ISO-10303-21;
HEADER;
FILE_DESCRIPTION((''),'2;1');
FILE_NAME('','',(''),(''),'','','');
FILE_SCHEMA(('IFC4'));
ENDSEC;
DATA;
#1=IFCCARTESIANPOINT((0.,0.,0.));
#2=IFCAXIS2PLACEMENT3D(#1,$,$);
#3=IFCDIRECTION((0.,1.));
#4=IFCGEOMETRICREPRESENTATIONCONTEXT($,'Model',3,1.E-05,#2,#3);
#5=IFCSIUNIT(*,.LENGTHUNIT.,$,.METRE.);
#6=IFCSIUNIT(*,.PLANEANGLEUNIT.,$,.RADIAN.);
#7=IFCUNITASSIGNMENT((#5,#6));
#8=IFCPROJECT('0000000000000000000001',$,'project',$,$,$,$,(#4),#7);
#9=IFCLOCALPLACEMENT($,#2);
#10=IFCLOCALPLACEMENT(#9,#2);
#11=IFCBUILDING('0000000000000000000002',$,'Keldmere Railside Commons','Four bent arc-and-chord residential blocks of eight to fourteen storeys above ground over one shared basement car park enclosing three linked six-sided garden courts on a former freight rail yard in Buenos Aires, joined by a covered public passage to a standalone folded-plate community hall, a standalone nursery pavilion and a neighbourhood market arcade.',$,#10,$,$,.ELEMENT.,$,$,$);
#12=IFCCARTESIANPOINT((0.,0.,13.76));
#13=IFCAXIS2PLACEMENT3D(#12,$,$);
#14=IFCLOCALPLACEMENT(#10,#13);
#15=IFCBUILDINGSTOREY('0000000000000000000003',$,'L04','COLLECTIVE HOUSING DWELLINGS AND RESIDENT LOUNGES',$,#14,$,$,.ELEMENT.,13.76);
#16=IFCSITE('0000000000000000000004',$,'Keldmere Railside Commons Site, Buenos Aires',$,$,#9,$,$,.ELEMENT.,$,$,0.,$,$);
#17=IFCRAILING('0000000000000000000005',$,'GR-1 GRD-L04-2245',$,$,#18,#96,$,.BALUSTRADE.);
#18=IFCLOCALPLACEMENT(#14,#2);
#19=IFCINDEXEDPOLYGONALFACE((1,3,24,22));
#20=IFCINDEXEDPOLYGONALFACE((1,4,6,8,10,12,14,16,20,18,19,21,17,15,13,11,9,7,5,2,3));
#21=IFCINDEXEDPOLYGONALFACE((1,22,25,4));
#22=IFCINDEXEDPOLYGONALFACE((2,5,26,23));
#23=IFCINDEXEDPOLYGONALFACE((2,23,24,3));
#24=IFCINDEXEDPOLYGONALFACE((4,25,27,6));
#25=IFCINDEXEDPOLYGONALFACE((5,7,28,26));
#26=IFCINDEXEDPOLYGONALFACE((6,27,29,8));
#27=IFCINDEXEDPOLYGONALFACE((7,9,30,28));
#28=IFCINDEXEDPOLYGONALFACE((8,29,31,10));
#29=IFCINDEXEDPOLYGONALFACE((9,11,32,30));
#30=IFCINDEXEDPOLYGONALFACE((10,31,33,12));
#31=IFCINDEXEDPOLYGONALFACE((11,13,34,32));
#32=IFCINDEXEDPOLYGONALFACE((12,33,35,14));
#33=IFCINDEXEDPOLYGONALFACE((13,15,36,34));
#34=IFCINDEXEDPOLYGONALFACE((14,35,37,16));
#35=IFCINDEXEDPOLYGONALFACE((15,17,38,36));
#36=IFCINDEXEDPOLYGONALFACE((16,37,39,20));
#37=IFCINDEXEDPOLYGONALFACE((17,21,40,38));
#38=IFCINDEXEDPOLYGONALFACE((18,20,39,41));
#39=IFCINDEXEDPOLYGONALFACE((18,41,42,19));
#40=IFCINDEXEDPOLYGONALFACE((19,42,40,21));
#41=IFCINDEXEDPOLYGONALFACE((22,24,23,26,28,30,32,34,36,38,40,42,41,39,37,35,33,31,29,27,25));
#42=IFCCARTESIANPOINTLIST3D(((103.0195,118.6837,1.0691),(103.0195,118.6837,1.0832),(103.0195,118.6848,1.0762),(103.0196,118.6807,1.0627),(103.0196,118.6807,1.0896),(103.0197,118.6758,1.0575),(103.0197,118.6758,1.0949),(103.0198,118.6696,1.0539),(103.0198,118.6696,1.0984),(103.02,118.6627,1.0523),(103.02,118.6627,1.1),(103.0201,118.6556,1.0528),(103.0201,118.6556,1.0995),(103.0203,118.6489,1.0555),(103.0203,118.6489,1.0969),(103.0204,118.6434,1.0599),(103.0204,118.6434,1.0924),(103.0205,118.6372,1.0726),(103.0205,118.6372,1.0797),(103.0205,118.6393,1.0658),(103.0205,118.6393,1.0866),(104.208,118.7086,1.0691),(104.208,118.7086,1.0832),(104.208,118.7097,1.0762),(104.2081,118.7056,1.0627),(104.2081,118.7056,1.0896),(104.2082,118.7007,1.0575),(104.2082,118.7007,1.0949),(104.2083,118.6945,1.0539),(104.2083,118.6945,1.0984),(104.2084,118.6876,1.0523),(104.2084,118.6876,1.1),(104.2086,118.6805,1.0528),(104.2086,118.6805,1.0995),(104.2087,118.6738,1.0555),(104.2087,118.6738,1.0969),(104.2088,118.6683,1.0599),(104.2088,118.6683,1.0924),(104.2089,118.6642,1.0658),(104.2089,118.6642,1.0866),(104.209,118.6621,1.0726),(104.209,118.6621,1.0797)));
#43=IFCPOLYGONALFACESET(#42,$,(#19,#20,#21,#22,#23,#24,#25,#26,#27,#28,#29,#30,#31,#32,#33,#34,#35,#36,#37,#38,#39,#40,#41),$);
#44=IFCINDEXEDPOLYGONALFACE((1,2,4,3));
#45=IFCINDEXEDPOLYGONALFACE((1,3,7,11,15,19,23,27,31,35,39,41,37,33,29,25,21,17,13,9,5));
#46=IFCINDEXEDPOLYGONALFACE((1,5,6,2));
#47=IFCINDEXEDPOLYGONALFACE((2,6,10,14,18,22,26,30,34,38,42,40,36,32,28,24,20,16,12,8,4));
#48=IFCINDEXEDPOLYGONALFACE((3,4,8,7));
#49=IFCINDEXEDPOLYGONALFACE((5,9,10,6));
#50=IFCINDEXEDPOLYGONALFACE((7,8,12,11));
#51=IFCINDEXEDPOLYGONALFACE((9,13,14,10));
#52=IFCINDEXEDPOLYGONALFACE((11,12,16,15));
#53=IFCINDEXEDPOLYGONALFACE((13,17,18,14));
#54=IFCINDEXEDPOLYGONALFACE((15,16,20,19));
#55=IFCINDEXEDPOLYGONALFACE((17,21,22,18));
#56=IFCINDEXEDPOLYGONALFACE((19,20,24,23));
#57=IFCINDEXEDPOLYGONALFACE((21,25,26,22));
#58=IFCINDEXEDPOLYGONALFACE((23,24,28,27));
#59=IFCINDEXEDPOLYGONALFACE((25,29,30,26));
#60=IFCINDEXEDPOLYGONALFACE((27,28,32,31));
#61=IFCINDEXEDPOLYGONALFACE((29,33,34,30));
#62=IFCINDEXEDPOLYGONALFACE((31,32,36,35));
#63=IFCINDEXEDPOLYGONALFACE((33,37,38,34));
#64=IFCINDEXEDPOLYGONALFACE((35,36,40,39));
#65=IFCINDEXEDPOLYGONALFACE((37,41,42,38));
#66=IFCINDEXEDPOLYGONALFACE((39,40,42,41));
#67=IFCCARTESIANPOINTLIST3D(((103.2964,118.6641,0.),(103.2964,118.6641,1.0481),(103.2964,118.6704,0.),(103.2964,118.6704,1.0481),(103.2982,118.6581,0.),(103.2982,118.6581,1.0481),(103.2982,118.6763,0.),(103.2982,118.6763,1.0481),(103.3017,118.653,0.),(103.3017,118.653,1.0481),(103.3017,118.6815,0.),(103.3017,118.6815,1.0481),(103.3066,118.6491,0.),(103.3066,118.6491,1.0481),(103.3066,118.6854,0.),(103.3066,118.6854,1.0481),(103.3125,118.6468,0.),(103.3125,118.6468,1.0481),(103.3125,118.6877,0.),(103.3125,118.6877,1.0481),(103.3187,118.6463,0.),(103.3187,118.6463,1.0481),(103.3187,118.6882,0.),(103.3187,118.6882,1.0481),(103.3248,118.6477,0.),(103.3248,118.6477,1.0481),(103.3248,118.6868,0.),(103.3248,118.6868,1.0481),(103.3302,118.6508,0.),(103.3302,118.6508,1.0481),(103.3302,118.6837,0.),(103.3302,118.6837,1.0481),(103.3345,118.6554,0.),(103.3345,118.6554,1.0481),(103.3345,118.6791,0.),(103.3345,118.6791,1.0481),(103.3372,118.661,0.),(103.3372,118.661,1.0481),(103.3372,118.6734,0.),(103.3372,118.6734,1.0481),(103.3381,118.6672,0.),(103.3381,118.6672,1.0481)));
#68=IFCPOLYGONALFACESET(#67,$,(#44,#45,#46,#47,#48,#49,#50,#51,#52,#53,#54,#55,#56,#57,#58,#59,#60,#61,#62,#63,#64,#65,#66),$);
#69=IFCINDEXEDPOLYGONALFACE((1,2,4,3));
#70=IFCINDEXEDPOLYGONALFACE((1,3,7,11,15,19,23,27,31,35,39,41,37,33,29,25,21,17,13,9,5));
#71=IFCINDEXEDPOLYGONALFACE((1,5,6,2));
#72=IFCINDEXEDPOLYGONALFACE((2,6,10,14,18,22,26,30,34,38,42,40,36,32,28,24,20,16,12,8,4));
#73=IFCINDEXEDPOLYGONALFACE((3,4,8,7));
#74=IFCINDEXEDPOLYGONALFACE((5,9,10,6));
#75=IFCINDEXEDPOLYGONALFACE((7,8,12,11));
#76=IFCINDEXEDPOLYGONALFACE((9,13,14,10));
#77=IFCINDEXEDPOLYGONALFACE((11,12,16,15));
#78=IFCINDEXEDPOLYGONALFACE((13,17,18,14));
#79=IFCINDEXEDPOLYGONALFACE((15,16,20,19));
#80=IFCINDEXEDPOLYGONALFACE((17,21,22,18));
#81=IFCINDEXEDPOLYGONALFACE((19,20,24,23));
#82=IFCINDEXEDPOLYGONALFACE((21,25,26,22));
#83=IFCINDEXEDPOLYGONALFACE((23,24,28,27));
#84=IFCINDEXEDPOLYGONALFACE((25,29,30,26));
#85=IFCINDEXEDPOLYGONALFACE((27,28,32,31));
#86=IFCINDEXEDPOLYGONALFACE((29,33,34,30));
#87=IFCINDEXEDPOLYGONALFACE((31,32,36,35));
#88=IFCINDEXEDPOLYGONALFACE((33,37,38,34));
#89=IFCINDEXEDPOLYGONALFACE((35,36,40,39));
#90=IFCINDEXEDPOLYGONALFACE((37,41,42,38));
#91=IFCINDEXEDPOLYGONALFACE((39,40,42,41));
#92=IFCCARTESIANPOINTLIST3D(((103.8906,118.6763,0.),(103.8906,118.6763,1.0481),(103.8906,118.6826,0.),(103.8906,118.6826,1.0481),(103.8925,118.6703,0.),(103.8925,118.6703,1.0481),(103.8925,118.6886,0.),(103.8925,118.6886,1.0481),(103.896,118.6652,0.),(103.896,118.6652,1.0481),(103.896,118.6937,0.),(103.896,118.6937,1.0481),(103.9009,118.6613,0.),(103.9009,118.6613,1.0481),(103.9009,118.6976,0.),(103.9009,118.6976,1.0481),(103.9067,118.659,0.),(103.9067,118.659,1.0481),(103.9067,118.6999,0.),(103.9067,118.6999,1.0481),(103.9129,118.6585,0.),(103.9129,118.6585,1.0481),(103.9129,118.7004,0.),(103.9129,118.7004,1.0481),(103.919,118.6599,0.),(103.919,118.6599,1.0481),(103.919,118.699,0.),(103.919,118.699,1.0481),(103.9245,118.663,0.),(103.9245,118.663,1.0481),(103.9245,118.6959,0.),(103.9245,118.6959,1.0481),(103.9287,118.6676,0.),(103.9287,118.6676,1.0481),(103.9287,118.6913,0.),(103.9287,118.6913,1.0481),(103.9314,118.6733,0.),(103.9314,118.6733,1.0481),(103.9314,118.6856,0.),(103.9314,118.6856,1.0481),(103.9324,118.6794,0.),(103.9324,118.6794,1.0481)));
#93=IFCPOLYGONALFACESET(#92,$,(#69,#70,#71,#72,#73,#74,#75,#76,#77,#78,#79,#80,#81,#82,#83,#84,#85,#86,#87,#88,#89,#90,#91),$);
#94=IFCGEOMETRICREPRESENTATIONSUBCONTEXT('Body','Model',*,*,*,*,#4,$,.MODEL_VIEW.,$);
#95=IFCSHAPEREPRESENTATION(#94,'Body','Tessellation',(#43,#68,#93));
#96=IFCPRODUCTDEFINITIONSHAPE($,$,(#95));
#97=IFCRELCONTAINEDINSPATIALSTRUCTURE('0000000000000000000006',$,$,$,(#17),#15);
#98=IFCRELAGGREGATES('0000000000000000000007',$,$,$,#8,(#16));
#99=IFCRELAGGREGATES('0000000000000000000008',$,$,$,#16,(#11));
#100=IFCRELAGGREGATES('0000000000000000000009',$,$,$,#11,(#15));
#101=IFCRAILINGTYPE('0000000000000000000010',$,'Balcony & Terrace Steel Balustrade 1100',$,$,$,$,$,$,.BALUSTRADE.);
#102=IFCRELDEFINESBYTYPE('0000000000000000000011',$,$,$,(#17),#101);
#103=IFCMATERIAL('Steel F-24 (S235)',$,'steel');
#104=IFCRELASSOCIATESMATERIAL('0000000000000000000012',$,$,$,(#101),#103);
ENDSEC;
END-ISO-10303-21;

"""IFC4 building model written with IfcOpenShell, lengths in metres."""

from ifc_helpers import new_model, si_unit, direction, frame, origin, origin_2d, place, context, subcontext, project, spatial, circle, extrude, material, type_object, element, save


model = new_model("IFC4")

# Units and contexts
model_context = context("Model", 3, precision=1e-05, world=origin(), true_north=direction((0.0, 1.0)))
body_context = subcontext(model_context, "Body", "Model", "MODEL_VIEW")
ifc_project = project(units=[si_unit("LENGTHUNIT", "METRE"), si_unit("PLANEANGLEUNIT", "RADIAN")], contexts=[model_context])

# Site, building, storey
site_placement = place(None, origin())
site = spatial("IfcSite", under=ifc_project, at=site_placement, Name="Keldmere Railside Commons Site, Buenos Aires", CompositionType="ELEMENT", RefElevation=0.0)
building_placement = place(site_placement, origin())
building = spatial("IfcBuilding", under=site, at=building_placement, Name="Keldmere Railside Commons", Description="Four bent arc-and-chord residential blocks of eight to fourteen storeys above ground over one shared basement car park enclosing three linked six-sided garden courts on a former freight rail yard in Buenos Aires, joined by a covered public passage to a standalone folded-plate community hall, a standalone nursery pavilion and a neighbourhood market arcade.", CompositionType="ELEMENT")
storey_placement = place(building_placement, frame((0.0, 0.0, 13.76)))
storey = spatial("IfcBuildingStorey", under=building, at=storey_placement, Name="L04", Description="COLLECTIVE HOUSING DWELLINGS AND RESIDENT LOUNGES", CompositionType="ELEMENT", Elevation=13.76)

# Railing
ifc_material_1 = material(Name="Steel F-24 (S235)", Category="steel")
railing_type = type_object("IfcRailingType", Name="Balcony & Terrace Steel Balustrade 1100", PredefinedType="BALUSTRADE", material=ifc_material_1)
railing_1_placement = place(storey_placement, frame((103.02, 118.6609, 0.0)))
element("IfcRailing", 1, at=railing_1_placement, inside=storey, type_object=railing_type, Name="GR-1 GRD-L04-2245", PredefinedType="BALUSTRADE", context=body_context, shape_type="SweptSolid", body=[
    extrude(circle(Radius=0.0239, at=origin_2d()), frame((0.0, 0.0, 1.0762), z_axis=(0.999781, 0.020949, 0.0), x_axis=(-0.020949, 0.999781, 0.0)), (0.0, 0.0, 1.0), 1.1887),
    extrude(circle(Radius=0.021, at=origin_2d()), frame((0.2971, 0.0063, 0.0)), (0.0, 0.0, 1.0), 1.0481),
    extrude(circle(Radius=0.021, at=origin_2d()), frame((0.8914, 0.0186, 0.0)), (0.0, 0.0, 1.0), 1.0481),
])

save(model, "model.ifc")
